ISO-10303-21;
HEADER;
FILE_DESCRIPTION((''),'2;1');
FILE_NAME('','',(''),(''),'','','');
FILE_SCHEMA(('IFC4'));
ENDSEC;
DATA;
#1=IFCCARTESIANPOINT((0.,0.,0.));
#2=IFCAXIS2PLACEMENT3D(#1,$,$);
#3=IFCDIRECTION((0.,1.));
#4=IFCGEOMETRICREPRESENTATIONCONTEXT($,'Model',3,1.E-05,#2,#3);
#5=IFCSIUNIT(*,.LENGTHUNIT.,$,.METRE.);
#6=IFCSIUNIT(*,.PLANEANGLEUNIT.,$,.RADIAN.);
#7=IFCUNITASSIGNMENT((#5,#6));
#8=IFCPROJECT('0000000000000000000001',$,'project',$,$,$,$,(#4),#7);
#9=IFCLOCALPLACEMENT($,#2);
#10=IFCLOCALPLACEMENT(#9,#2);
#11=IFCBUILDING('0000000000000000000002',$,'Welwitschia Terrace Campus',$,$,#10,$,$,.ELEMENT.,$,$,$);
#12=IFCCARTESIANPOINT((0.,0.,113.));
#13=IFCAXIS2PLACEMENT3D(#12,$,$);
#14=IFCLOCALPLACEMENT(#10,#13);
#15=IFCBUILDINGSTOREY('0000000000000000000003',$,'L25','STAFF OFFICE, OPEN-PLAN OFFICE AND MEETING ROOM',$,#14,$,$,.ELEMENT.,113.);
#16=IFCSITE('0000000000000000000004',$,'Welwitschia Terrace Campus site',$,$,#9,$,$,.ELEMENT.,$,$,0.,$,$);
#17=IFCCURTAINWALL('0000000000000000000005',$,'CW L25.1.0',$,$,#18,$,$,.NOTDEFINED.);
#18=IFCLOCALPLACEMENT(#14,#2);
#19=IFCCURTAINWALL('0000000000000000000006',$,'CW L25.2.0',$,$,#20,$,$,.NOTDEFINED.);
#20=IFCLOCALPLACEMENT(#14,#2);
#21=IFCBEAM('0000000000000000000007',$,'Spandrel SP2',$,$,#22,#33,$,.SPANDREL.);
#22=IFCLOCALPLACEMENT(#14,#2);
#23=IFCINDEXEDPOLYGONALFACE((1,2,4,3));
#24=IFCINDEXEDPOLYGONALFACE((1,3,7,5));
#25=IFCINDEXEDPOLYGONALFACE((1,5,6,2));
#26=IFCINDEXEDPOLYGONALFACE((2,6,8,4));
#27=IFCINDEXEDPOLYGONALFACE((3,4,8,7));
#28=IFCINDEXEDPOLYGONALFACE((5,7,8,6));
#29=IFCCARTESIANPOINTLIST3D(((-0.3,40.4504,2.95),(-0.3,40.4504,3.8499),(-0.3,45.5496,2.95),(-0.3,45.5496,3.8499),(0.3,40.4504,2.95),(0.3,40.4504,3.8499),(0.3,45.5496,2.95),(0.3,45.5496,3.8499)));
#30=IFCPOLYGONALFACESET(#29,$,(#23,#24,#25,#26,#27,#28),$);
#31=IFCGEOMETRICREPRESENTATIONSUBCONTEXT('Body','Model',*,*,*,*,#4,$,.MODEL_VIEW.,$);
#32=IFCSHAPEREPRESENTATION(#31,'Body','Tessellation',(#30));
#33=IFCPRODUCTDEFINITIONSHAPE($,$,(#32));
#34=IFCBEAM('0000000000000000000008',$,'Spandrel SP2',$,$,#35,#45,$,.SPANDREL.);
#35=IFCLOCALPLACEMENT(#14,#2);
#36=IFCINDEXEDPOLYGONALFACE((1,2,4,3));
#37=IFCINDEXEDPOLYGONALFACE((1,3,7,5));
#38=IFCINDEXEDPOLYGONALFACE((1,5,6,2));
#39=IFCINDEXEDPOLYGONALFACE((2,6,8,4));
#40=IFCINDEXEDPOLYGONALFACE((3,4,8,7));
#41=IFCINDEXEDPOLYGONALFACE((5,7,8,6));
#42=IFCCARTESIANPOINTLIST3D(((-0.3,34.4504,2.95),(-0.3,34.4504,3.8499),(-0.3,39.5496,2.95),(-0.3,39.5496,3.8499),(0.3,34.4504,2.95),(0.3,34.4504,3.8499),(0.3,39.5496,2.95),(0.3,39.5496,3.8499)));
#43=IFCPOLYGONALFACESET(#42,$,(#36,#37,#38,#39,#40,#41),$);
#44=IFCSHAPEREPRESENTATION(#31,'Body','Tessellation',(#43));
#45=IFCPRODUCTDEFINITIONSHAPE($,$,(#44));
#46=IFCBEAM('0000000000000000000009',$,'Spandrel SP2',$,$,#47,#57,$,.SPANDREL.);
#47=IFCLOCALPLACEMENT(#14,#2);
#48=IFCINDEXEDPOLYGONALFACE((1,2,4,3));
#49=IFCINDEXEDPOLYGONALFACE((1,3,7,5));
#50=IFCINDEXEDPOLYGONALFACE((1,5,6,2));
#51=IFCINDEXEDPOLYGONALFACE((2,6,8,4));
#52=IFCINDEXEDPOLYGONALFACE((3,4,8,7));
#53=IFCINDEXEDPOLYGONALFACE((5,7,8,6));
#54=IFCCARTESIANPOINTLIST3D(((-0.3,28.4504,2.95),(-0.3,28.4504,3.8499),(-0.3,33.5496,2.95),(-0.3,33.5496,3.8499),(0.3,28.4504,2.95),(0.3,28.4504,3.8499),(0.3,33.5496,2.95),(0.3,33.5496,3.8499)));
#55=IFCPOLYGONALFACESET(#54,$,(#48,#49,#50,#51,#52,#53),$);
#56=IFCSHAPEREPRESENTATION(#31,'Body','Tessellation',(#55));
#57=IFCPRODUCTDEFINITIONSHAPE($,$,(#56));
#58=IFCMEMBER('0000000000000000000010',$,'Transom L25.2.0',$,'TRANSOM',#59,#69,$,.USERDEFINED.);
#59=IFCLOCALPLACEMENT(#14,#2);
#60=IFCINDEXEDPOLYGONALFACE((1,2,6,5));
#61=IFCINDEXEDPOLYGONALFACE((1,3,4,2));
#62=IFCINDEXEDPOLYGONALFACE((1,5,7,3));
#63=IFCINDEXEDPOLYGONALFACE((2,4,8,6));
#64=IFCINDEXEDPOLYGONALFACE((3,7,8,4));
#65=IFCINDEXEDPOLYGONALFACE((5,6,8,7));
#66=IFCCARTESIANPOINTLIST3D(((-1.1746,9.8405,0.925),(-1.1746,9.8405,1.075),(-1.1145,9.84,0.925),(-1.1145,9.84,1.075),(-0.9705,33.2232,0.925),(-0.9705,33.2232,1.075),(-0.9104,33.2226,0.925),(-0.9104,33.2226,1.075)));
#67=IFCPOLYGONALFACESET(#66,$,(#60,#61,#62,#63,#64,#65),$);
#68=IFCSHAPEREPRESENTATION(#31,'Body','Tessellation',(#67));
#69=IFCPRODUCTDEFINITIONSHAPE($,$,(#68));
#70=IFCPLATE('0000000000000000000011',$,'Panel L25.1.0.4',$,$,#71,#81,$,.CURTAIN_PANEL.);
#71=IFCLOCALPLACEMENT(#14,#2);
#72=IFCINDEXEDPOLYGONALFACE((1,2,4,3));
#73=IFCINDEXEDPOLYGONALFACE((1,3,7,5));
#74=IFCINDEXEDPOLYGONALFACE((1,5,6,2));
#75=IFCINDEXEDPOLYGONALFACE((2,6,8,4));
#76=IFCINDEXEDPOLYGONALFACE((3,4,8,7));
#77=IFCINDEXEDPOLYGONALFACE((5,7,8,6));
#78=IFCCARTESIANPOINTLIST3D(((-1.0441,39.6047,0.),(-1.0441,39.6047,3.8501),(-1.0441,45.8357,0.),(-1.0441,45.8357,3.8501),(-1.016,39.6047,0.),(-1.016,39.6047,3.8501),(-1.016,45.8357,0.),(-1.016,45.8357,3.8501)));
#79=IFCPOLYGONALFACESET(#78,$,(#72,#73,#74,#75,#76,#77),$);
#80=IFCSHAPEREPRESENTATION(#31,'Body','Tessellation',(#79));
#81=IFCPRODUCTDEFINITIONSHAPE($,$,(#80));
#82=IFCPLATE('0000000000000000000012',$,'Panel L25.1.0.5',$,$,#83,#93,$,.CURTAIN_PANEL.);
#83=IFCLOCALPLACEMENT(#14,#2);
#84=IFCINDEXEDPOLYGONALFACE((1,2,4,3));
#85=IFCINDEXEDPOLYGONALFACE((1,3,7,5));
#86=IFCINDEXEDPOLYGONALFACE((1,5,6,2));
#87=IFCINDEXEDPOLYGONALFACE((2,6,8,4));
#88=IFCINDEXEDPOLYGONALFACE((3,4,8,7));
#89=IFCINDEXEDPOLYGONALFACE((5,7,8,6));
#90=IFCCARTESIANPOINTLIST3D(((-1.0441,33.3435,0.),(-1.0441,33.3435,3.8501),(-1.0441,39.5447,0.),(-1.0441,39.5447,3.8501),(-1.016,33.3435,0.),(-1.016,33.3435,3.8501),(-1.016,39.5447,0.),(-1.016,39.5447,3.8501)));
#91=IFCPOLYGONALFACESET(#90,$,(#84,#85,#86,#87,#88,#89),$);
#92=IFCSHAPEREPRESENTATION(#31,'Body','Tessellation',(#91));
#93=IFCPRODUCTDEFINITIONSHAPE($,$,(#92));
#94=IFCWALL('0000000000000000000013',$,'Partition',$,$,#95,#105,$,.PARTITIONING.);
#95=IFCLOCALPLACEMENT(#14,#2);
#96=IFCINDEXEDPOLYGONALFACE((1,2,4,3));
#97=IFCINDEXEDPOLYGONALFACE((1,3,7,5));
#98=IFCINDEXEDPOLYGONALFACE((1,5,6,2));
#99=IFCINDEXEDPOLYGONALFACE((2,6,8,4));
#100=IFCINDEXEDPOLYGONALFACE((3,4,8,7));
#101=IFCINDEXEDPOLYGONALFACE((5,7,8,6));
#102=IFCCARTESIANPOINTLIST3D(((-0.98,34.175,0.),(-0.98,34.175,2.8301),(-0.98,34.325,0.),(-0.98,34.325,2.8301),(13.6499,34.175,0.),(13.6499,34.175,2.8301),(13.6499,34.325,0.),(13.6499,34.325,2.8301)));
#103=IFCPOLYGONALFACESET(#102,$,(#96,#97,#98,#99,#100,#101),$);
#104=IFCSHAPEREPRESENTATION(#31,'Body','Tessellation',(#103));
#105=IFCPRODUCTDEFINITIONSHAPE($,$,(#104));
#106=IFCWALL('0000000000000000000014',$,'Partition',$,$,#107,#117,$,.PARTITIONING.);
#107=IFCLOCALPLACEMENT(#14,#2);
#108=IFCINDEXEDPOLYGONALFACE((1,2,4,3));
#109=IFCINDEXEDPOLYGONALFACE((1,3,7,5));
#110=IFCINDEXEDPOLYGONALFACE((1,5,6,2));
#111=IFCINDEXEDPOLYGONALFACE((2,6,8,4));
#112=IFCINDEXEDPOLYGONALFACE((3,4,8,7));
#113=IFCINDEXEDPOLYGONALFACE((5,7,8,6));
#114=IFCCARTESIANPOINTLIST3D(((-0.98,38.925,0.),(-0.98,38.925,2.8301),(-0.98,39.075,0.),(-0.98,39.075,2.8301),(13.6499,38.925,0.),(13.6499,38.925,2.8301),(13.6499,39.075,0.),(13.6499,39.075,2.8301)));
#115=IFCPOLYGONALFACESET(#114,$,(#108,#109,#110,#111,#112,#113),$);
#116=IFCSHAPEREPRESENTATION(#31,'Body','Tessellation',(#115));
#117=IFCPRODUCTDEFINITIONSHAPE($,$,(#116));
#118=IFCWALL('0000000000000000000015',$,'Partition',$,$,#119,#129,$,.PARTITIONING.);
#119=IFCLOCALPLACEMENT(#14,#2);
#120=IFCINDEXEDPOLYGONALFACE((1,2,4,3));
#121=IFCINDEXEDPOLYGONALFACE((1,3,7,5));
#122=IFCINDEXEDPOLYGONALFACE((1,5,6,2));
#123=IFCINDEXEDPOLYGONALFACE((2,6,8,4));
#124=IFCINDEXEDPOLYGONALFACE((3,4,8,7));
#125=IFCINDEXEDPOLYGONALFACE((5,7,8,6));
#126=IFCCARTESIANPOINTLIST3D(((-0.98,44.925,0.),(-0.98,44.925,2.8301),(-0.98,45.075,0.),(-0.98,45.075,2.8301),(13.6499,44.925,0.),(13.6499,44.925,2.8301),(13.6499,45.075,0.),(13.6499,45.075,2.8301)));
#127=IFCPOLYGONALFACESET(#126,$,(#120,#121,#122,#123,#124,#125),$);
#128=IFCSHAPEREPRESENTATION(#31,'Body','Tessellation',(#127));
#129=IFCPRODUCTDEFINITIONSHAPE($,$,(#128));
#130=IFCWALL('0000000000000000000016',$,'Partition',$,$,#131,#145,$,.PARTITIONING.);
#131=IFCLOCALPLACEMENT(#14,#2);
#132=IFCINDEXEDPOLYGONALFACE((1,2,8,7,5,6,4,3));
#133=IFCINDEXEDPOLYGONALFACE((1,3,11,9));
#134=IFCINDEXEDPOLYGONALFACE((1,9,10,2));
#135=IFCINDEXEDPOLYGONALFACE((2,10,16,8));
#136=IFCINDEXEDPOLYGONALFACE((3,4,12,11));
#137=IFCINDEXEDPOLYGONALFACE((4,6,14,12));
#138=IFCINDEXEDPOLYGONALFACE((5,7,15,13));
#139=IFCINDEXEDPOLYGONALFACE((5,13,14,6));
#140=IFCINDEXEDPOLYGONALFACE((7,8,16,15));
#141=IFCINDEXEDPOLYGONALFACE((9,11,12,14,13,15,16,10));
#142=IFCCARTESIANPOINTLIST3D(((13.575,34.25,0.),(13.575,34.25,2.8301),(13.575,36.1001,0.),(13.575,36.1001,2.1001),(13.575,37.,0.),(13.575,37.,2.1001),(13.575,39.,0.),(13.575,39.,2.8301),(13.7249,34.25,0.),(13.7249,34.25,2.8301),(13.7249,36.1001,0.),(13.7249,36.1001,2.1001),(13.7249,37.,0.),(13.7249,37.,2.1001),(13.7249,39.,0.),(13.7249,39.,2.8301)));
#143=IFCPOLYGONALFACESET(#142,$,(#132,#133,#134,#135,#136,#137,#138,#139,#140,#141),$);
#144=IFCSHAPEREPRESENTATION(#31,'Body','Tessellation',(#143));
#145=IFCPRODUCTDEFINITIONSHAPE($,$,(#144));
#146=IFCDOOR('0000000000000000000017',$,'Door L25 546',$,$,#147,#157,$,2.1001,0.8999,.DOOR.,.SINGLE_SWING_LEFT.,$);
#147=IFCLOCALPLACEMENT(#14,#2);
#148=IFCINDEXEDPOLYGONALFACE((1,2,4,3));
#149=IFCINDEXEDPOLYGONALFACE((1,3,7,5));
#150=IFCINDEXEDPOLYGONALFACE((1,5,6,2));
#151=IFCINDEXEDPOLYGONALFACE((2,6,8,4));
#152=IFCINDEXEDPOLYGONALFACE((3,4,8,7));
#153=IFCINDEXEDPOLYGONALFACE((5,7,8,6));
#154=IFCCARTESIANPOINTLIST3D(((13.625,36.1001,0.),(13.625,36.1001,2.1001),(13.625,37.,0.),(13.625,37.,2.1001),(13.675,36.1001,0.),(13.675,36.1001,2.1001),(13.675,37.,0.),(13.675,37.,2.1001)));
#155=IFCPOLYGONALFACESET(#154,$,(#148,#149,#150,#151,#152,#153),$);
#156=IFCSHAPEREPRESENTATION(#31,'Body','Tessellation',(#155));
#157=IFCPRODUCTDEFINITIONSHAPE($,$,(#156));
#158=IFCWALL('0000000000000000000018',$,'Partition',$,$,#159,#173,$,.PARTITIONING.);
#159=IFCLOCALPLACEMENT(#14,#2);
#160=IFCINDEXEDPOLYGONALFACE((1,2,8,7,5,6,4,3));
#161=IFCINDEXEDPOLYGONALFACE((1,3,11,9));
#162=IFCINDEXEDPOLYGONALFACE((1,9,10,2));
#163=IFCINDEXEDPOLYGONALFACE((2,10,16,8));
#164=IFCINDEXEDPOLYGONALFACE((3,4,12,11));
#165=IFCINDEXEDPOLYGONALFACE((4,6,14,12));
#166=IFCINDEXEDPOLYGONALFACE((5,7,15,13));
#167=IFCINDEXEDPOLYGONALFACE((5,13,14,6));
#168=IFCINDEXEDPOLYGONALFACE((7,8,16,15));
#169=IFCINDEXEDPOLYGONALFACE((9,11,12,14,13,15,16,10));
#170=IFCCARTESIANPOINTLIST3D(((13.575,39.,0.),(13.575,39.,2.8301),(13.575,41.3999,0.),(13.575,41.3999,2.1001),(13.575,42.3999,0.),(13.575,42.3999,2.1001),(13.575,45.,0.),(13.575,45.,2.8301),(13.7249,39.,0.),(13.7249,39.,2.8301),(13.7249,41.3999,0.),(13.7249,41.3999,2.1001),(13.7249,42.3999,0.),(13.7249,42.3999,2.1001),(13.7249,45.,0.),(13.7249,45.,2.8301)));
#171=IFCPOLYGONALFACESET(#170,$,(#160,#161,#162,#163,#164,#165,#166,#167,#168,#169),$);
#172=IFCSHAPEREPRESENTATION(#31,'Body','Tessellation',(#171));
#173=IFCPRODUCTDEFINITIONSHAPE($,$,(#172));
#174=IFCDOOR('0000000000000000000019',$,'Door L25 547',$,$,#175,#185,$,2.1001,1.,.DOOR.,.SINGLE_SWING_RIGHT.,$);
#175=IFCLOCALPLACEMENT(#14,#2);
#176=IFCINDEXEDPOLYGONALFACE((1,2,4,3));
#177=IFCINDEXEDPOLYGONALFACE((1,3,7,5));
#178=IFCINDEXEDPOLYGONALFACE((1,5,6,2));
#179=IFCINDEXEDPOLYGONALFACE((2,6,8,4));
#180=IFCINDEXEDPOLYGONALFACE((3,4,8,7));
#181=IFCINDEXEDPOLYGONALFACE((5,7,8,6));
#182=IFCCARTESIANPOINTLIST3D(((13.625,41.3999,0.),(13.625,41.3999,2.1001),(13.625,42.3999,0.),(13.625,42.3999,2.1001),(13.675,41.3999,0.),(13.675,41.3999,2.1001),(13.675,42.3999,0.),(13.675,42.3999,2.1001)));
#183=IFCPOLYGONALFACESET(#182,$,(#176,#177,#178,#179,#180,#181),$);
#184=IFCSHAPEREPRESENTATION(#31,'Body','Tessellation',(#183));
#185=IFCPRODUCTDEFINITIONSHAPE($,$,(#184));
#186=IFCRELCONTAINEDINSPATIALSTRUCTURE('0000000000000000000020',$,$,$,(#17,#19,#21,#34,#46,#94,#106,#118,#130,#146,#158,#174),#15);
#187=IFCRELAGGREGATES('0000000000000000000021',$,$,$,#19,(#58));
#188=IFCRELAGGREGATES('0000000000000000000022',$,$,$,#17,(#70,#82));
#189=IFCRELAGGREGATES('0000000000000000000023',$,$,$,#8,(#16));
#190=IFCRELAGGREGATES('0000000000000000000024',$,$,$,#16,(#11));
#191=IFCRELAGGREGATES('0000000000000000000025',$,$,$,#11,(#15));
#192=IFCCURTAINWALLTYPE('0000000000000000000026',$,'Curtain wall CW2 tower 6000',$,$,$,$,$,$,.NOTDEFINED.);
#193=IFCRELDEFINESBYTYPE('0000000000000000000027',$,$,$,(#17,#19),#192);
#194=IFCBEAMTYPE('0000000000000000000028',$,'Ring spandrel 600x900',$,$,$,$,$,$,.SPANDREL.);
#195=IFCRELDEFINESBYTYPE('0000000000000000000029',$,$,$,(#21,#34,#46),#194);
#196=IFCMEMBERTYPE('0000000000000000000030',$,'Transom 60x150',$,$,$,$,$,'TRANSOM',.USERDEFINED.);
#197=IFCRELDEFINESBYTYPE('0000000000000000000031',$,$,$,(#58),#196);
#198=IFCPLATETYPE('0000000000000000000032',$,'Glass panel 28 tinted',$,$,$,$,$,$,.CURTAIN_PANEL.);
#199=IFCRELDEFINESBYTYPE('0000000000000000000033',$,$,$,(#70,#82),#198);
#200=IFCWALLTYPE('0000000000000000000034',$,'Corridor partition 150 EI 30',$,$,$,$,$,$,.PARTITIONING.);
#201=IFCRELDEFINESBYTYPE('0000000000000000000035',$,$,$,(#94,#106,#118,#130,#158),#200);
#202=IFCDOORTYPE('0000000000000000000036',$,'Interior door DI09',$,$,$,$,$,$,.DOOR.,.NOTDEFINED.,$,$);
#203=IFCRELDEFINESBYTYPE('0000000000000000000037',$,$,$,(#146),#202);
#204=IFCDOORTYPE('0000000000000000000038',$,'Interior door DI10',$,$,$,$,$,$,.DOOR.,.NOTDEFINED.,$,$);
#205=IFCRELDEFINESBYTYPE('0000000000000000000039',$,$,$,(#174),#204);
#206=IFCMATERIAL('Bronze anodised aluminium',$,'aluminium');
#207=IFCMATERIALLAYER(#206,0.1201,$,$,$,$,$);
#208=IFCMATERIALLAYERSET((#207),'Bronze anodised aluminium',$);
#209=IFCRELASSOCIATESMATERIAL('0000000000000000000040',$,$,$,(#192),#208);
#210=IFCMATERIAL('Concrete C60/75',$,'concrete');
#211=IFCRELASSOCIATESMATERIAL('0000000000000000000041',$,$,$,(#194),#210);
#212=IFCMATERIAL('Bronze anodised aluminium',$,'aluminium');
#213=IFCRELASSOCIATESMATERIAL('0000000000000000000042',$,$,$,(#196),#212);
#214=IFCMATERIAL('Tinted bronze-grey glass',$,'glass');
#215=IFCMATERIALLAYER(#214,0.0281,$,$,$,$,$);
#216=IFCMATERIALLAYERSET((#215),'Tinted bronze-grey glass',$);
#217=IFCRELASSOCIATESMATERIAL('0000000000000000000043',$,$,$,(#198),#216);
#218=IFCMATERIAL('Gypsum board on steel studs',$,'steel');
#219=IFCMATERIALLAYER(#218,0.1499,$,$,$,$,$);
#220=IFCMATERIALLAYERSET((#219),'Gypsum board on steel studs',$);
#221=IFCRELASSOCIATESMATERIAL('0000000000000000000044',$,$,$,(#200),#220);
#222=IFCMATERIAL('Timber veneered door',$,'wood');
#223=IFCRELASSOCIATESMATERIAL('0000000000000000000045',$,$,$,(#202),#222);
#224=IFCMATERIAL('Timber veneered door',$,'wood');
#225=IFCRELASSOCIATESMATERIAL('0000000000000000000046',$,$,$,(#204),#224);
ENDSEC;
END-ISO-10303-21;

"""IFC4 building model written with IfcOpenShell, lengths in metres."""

from ifc_helpers import new_model, si_unit, direction, frame, frame_2d, origin, origin_2d, place, context, subcontext, project, spatial, rectangle, extrude, material, layer, layer_set, material_profile, profile_set, type_object, element, fill, aggregate, save


model = new_model("IFC4")

# Units and contexts
model_context = context("Model", 3, precision=1e-05, world=origin(), true_north=direction((0.0, 1.0)))
body_context = subcontext(model_context, "Body", "Model", "MODEL_VIEW")
ifc_project = project(units=[si_unit("LENGTHUNIT", "METRE"), si_unit("PLANEANGLEUNIT", "RADIAN")], contexts=[model_context])

# Site, building, storey
site_placement = place(None, origin())
site = spatial("IfcSite", under=ifc_project, at=site_placement, Name="Welwitschia Terrace Campus site", CompositionType="ELEMENT", RefElevation=0.0)
building_placement = place(site_placement, origin())
building = spatial("IfcBuilding", under=site, at=building_placement, Name="Welwitschia Terrace Campus", CompositionType="ELEMENT")
storey_placement = place(building_placement, frame((0.0, 0.0, 113.0)))
storey = spatial("IfcBuildingStorey", under=building, at=storey_placement, Name="L25", Description="STAFF OFFICE, OPEN-PLAN OFFICE AND MEETING ROOM", CompositionType="ELEMENT", Elevation=113.0)

# Curtain wall
ifc_material_1 = material(Name="Bronze anodised aluminium", Category="aluminium")
ifc_layer_1 = layer(ifc_material_1, 0.1201)
ifc_layer_set_1 = layer_set([ifc_layer_1], Name="Bronze anodised aluminium")
curtain_wall_type = type_object("IfcCurtainWallType", Name="Curtain wall CW2 tower 6000", PredefinedType="NOTDEFINED", material=ifc_layer_set_1)
curtain_wall_1_placement = place(storey_placement, origin())
curtain_wall_1 = element("IfcCurtainWall", 1, at=curtain_wall_1_placement, inside=storey, type_object=curtain_wall_type, Name="CW L25.1.0", PredefinedType="NOTDEFINED")

# Curtain wall
curtain_wall_2_placement = place(storey_placement, origin())
curtain_wall_2 = element("IfcCurtainWall", 2, at=curtain_wall_2_placement, inside=storey, type_object=curtain_wall_type, Name="CW L25.2.0", PredefinedType="NOTDEFINED")

# Beams
ifc_material_2 = material(Name="Concrete C60/75", Category="concrete")
ifc_material_profile_1 = material_profile(ifc_material_2, rectangle(XDim=0.6001, YDim=0.8999, at=origin_2d()))
ifc_profile_set_1 = profile_set([ifc_material_profile_1], Name="Concrete C60/75")
beam_type_1 = type_object("IfcBeamType", Name="Ring spandrel 600x900", PredefinedType="SPANDREL", material=ifc_profile_set_1)
for number, where, z_axis, x_axis, name in (
    (3, (0.0, 45.5496, 3.3999), (0.0, -1.0, 0.0), (1.0, 0.0, 0.0), "Spandrel SP2"),
    (4, (0.0, 39.5496, 3.3999), (0.0, -1.0, 0.0), (1.0, 0.0, 0.0), "Spandrel SP2"),
    (5, (0.0, 33.5496, 3.3999), (0.0, -1.0, 0.0), (1.0, 0.0, 0.0), "Spandrel SP2"),
):
    element("IfcBeam", number, at=place(storey_placement, frame(where, z_axis=z_axis, x_axis=x_axis)), inside=storey, type_object=beam_type_1, Name=name, PredefinedType="SPANDREL", context=body_context, shape_type="SweptSolid", body=[
        extrude(rectangle(XDim=0.6001, YDim=0.8999, at=origin_2d()), origin(), (0.0, 0.0, 1.0), 5.0991),
    ])

# Member
ifc_material_3 = material(Name="Bronze anodised aluminium", Category="aluminium")
ifc_material_profile_2 = material_profile(ifc_material_3, rectangle(XDim=0.0601, YDim=0.1499, at=origin_2d()))
ifc_profile_set_2 = profile_set([ifc_material_profile_2], Name="Bronze anodised aluminium")
member_type_1 = type_object("IfcMemberType", Name="Transom 60x150", ElementType="TRANSOM", PredefinedType="USERDEFINED", material=ifc_profile_set_2)
member_1_placement = place(storey_placement, frame((-0.9404, 33.2229, 1.0), z_axis=(-0.008728, -0.999962, 0.0), x_axis=(0.999962, -0.008728, 0.0)))
member_1 = element("IfcMember", 6, at=member_1_placement, type_object=member_type_1, Name="Transom L25.2.0", ObjectType="TRANSOM", PredefinedType="USERDEFINED", context=body_context, shape_type="SweptSolid", body=[
    extrude(rectangle(XDim=0.0601, YDim=0.1499, at=origin_2d()), origin(), (0.0, 0.0, 1.0), 23.3835),
])
aggregate(curtain_wall_2, [member_1])

# Plates
ifc_material_4 = material(Name="Tinted bronze-grey glass", Category="glass")
ifc_layer_2 = layer(ifc_material_4, 0.0281)
ifc_layer_set_2 = layer_set([ifc_layer_2], Name="Tinted bronze-grey glass")
plate_type = type_object("IfcPlateType", Name="Glass panel 28 tinted", PredefinedType="CURTAIN_PANEL", material=ifc_layer_set_2)
plate_1_placement = place(storey_placement, frame((-1.03, 42.7202, 0.0), z_axis=(0.0, 0.0, 1.0), x_axis=(0.0, -1.0, 0.0)))
plate_1 = element("IfcPlate", 7, at=plate_1_placement, type_object=plate_type, Name="Panel L25.1.0.4", PredefinedType="CURTAIN_PANEL", context=body_context, shape_type="SweptSolid", body=[
    extrude(rectangle(XDim=6.231, YDim=0.0281, at=origin_2d()), origin(), (0.0, 0.0, 1.0), 3.8501),
])
plate_2_placement = place(storey_placement, frame((-1.03, 36.4441, 0.0), z_axis=(0.0, 0.0, 1.0), x_axis=(0.0, -1.0, 0.0)))
plate_2 = element("IfcPlate", 8, at=plate_2_placement, type_object=plate_type, Name="Panel L25.1.0.5", PredefinedType="CURTAIN_PANEL", context=body_context, shape_type="SweptSolid", body=[
    extrude(rectangle(XDim=6.2012, YDim=0.0281, at=origin_2d()), origin(), (0.0, 0.0, 1.0), 3.8501),
])
aggregate(curtain_wall_1, [plate_1, plate_2])

# Walls
ifc_material_5 = material(Name="Gypsum board on steel studs", Category="steel")
ifc_layer_3 = layer(ifc_material_5, 0.1499)
ifc_layer_set_3 = layer_set([ifc_layer_3], Name="Gypsum board on steel studs")
wall_type = type_object("IfcWallType", Name="Corridor partition 150 EI 30", PredefinedType="PARTITIONING", material=ifc_layer_set_3)
for number, where, z_axis, x_axis, name in (
    (9, (-0.98, 34.25, 0.0), (0.0, 0.0, 1.0), (1.0, 0.0, 0.0), "Partition"),
    (10, (-0.98, 39.0, 0.0), (0.0, 0.0, 1.0), (1.0, 0.0, 0.0), "Partition"),
    (11, (-0.98, 45.0, 0.0), (0.0, 0.0, 1.0), (1.0, 0.0, 0.0), "Partition"),
):
    element("IfcWall", number, at=place(storey_placement, frame(where, z_axis=z_axis, x_axis=x_axis)), inside=storey, type_object=wall_type, Name=name, PredefinedType="PARTITIONING", context=body_context, shape_type="SweptSolid", body=[
        extrude(rectangle(XDim=14.6299, YDim=0.1499, at=frame_2d((7.3149, 0.0))), origin(), (0.0, 0.0, 1.0), 2.8301),
    ])

# Walls, openings, doors
wall_1_placement = place(storey_placement, frame((13.6499, 34.25, 0.0), z_axis=(0.0, 0.0, 1.0), x_axis=(0.0, 1.0, 0.0)))
wall_1 = element("IfcWall", 12, at=wall_1_placement, inside=storey, type_object=wall_type, Name="Partition", PredefinedType="PARTITIONING", context=body_context, shape_type="SweptSolid", body=[
    extrude(rectangle(XDim=4.75, YDim=0.1499, at=frame_2d((2.375, 0.0))), origin(), (0.0, 0.0, 1.0), 2.8301),
])
opening_1_placement = place(wall_1_placement, frame((1.8501, 0.0, 0.0)))
opening_1 = element("IfcOpeningElement", 13, at=opening_1_placement, cuts=wall_1, PredefinedType="OPENING", context=body_context, shape_type="SweptSolid", body=[
    extrude(rectangle(XDim=0.8999, YDim=2.1001, at=frame_2d((0.45, 1.05))), frame((0.0, 0.085, 0.0), z_axis=(0.0, -1.0, 0.0), x_axis=(1.0, 0.0, 0.0)), (0.0, 0.0, 1.0), 0.1699),
])
ifc_material_6 = material(Name="Timber veneered door", Category="wood")
door_type_1 = type_object("IfcDoorType", Name="Interior door DI09", OperationType="NOTDEFINED", PredefinedType="DOOR", material=ifc_material_6)
door_1_placement = place(opening_1_placement, origin())
door_1 = element("IfcDoor", 14, at=door_1_placement, inside=storey, type_object=door_type_1, Name="Door L25 546", OperationType="SINGLE_SWING_LEFT", OverallHeight=2.1001, OverallWidth=0.8999, PredefinedType="DOOR", context=body_context, shape_type="SweptSolid", body=[
    extrude(rectangle(XDim=0.8999, YDim=2.1001, at=frame_2d((0.45, 1.05))), frame((0.0, 0.0249, 0.0), z_axis=(0.0, -1.0, 0.0), x_axis=(1.0, 0.0, 0.0)), (0.0, 0.0, 1.0), 0.05),
])
fill(opening_1, door_1)
wall_2_placement = place(storey_placement, frame((13.6499, 39.0, 0.0), z_axis=(0.0, 0.0, 1.0), x_axis=(0.0, 1.0, 0.0)))
wall_2 = element("IfcWall", 15, at=wall_2_placement, inside=storey, type_object=wall_type, Name="Partition", PredefinedType="PARTITIONING", context=body_context, shape_type="SweptSolid", body=[
    extrude(rectangle(XDim=6.0, YDim=0.1499, at=frame_2d((3.0, 0.0))), origin(), (0.0, 0.0, 1.0), 2.8301),
])
opening_2_placement = place(wall_2_placement, frame((2.3999, 0.0, 0.0)))
opening_2 = element("IfcOpeningElement", 16, at=opening_2_placement, cuts=wall_2, PredefinedType="OPENING", context=body_context, shape_type="SweptSolid", body=[
    extrude(rectangle(XDim=1.0, YDim=2.1001, at=frame_2d((0.5, 1.05))), frame((0.0, 0.085, 0.0), z_axis=(0.0, -1.0, 0.0), x_axis=(1.0, 0.0, 0.0)), (0.0, 0.0, 1.0), 0.1699),
])
ifc_material_7 = material(Name="Timber veneered door", Category="wood")
door_type_2 = type_object("IfcDoorType", Name="Interior door DI10", OperationType="NOTDEFINED", PredefinedType="DOOR", material=ifc_material_7)
door_2_placement = place(opening_2_placement, origin())
door_2 = element("IfcDoor", 17, at=door_2_placement, inside=storey, type_object=door_type_2, Name="Door L25 547", OperationType="SINGLE_SWING_RIGHT", OverallHeight=2.1001, OverallWidth=1.0, PredefinedType="DOOR", context=body_context, shape_type="SweptSolid", body=[
    extrude(rectangle(XDim=1.0, YDim=2.1001, at=frame_2d((0.5, 1.05))), frame((0.0, 0.0249, 0.0), z_axis=(0.0, -1.0, 0.0), x_axis=(1.0, 0.0, 0.0)), (0.0, 0.0, 1.0), 0.05),
])
fill(opening_2, door_2)

save(model, "model.ifc")
